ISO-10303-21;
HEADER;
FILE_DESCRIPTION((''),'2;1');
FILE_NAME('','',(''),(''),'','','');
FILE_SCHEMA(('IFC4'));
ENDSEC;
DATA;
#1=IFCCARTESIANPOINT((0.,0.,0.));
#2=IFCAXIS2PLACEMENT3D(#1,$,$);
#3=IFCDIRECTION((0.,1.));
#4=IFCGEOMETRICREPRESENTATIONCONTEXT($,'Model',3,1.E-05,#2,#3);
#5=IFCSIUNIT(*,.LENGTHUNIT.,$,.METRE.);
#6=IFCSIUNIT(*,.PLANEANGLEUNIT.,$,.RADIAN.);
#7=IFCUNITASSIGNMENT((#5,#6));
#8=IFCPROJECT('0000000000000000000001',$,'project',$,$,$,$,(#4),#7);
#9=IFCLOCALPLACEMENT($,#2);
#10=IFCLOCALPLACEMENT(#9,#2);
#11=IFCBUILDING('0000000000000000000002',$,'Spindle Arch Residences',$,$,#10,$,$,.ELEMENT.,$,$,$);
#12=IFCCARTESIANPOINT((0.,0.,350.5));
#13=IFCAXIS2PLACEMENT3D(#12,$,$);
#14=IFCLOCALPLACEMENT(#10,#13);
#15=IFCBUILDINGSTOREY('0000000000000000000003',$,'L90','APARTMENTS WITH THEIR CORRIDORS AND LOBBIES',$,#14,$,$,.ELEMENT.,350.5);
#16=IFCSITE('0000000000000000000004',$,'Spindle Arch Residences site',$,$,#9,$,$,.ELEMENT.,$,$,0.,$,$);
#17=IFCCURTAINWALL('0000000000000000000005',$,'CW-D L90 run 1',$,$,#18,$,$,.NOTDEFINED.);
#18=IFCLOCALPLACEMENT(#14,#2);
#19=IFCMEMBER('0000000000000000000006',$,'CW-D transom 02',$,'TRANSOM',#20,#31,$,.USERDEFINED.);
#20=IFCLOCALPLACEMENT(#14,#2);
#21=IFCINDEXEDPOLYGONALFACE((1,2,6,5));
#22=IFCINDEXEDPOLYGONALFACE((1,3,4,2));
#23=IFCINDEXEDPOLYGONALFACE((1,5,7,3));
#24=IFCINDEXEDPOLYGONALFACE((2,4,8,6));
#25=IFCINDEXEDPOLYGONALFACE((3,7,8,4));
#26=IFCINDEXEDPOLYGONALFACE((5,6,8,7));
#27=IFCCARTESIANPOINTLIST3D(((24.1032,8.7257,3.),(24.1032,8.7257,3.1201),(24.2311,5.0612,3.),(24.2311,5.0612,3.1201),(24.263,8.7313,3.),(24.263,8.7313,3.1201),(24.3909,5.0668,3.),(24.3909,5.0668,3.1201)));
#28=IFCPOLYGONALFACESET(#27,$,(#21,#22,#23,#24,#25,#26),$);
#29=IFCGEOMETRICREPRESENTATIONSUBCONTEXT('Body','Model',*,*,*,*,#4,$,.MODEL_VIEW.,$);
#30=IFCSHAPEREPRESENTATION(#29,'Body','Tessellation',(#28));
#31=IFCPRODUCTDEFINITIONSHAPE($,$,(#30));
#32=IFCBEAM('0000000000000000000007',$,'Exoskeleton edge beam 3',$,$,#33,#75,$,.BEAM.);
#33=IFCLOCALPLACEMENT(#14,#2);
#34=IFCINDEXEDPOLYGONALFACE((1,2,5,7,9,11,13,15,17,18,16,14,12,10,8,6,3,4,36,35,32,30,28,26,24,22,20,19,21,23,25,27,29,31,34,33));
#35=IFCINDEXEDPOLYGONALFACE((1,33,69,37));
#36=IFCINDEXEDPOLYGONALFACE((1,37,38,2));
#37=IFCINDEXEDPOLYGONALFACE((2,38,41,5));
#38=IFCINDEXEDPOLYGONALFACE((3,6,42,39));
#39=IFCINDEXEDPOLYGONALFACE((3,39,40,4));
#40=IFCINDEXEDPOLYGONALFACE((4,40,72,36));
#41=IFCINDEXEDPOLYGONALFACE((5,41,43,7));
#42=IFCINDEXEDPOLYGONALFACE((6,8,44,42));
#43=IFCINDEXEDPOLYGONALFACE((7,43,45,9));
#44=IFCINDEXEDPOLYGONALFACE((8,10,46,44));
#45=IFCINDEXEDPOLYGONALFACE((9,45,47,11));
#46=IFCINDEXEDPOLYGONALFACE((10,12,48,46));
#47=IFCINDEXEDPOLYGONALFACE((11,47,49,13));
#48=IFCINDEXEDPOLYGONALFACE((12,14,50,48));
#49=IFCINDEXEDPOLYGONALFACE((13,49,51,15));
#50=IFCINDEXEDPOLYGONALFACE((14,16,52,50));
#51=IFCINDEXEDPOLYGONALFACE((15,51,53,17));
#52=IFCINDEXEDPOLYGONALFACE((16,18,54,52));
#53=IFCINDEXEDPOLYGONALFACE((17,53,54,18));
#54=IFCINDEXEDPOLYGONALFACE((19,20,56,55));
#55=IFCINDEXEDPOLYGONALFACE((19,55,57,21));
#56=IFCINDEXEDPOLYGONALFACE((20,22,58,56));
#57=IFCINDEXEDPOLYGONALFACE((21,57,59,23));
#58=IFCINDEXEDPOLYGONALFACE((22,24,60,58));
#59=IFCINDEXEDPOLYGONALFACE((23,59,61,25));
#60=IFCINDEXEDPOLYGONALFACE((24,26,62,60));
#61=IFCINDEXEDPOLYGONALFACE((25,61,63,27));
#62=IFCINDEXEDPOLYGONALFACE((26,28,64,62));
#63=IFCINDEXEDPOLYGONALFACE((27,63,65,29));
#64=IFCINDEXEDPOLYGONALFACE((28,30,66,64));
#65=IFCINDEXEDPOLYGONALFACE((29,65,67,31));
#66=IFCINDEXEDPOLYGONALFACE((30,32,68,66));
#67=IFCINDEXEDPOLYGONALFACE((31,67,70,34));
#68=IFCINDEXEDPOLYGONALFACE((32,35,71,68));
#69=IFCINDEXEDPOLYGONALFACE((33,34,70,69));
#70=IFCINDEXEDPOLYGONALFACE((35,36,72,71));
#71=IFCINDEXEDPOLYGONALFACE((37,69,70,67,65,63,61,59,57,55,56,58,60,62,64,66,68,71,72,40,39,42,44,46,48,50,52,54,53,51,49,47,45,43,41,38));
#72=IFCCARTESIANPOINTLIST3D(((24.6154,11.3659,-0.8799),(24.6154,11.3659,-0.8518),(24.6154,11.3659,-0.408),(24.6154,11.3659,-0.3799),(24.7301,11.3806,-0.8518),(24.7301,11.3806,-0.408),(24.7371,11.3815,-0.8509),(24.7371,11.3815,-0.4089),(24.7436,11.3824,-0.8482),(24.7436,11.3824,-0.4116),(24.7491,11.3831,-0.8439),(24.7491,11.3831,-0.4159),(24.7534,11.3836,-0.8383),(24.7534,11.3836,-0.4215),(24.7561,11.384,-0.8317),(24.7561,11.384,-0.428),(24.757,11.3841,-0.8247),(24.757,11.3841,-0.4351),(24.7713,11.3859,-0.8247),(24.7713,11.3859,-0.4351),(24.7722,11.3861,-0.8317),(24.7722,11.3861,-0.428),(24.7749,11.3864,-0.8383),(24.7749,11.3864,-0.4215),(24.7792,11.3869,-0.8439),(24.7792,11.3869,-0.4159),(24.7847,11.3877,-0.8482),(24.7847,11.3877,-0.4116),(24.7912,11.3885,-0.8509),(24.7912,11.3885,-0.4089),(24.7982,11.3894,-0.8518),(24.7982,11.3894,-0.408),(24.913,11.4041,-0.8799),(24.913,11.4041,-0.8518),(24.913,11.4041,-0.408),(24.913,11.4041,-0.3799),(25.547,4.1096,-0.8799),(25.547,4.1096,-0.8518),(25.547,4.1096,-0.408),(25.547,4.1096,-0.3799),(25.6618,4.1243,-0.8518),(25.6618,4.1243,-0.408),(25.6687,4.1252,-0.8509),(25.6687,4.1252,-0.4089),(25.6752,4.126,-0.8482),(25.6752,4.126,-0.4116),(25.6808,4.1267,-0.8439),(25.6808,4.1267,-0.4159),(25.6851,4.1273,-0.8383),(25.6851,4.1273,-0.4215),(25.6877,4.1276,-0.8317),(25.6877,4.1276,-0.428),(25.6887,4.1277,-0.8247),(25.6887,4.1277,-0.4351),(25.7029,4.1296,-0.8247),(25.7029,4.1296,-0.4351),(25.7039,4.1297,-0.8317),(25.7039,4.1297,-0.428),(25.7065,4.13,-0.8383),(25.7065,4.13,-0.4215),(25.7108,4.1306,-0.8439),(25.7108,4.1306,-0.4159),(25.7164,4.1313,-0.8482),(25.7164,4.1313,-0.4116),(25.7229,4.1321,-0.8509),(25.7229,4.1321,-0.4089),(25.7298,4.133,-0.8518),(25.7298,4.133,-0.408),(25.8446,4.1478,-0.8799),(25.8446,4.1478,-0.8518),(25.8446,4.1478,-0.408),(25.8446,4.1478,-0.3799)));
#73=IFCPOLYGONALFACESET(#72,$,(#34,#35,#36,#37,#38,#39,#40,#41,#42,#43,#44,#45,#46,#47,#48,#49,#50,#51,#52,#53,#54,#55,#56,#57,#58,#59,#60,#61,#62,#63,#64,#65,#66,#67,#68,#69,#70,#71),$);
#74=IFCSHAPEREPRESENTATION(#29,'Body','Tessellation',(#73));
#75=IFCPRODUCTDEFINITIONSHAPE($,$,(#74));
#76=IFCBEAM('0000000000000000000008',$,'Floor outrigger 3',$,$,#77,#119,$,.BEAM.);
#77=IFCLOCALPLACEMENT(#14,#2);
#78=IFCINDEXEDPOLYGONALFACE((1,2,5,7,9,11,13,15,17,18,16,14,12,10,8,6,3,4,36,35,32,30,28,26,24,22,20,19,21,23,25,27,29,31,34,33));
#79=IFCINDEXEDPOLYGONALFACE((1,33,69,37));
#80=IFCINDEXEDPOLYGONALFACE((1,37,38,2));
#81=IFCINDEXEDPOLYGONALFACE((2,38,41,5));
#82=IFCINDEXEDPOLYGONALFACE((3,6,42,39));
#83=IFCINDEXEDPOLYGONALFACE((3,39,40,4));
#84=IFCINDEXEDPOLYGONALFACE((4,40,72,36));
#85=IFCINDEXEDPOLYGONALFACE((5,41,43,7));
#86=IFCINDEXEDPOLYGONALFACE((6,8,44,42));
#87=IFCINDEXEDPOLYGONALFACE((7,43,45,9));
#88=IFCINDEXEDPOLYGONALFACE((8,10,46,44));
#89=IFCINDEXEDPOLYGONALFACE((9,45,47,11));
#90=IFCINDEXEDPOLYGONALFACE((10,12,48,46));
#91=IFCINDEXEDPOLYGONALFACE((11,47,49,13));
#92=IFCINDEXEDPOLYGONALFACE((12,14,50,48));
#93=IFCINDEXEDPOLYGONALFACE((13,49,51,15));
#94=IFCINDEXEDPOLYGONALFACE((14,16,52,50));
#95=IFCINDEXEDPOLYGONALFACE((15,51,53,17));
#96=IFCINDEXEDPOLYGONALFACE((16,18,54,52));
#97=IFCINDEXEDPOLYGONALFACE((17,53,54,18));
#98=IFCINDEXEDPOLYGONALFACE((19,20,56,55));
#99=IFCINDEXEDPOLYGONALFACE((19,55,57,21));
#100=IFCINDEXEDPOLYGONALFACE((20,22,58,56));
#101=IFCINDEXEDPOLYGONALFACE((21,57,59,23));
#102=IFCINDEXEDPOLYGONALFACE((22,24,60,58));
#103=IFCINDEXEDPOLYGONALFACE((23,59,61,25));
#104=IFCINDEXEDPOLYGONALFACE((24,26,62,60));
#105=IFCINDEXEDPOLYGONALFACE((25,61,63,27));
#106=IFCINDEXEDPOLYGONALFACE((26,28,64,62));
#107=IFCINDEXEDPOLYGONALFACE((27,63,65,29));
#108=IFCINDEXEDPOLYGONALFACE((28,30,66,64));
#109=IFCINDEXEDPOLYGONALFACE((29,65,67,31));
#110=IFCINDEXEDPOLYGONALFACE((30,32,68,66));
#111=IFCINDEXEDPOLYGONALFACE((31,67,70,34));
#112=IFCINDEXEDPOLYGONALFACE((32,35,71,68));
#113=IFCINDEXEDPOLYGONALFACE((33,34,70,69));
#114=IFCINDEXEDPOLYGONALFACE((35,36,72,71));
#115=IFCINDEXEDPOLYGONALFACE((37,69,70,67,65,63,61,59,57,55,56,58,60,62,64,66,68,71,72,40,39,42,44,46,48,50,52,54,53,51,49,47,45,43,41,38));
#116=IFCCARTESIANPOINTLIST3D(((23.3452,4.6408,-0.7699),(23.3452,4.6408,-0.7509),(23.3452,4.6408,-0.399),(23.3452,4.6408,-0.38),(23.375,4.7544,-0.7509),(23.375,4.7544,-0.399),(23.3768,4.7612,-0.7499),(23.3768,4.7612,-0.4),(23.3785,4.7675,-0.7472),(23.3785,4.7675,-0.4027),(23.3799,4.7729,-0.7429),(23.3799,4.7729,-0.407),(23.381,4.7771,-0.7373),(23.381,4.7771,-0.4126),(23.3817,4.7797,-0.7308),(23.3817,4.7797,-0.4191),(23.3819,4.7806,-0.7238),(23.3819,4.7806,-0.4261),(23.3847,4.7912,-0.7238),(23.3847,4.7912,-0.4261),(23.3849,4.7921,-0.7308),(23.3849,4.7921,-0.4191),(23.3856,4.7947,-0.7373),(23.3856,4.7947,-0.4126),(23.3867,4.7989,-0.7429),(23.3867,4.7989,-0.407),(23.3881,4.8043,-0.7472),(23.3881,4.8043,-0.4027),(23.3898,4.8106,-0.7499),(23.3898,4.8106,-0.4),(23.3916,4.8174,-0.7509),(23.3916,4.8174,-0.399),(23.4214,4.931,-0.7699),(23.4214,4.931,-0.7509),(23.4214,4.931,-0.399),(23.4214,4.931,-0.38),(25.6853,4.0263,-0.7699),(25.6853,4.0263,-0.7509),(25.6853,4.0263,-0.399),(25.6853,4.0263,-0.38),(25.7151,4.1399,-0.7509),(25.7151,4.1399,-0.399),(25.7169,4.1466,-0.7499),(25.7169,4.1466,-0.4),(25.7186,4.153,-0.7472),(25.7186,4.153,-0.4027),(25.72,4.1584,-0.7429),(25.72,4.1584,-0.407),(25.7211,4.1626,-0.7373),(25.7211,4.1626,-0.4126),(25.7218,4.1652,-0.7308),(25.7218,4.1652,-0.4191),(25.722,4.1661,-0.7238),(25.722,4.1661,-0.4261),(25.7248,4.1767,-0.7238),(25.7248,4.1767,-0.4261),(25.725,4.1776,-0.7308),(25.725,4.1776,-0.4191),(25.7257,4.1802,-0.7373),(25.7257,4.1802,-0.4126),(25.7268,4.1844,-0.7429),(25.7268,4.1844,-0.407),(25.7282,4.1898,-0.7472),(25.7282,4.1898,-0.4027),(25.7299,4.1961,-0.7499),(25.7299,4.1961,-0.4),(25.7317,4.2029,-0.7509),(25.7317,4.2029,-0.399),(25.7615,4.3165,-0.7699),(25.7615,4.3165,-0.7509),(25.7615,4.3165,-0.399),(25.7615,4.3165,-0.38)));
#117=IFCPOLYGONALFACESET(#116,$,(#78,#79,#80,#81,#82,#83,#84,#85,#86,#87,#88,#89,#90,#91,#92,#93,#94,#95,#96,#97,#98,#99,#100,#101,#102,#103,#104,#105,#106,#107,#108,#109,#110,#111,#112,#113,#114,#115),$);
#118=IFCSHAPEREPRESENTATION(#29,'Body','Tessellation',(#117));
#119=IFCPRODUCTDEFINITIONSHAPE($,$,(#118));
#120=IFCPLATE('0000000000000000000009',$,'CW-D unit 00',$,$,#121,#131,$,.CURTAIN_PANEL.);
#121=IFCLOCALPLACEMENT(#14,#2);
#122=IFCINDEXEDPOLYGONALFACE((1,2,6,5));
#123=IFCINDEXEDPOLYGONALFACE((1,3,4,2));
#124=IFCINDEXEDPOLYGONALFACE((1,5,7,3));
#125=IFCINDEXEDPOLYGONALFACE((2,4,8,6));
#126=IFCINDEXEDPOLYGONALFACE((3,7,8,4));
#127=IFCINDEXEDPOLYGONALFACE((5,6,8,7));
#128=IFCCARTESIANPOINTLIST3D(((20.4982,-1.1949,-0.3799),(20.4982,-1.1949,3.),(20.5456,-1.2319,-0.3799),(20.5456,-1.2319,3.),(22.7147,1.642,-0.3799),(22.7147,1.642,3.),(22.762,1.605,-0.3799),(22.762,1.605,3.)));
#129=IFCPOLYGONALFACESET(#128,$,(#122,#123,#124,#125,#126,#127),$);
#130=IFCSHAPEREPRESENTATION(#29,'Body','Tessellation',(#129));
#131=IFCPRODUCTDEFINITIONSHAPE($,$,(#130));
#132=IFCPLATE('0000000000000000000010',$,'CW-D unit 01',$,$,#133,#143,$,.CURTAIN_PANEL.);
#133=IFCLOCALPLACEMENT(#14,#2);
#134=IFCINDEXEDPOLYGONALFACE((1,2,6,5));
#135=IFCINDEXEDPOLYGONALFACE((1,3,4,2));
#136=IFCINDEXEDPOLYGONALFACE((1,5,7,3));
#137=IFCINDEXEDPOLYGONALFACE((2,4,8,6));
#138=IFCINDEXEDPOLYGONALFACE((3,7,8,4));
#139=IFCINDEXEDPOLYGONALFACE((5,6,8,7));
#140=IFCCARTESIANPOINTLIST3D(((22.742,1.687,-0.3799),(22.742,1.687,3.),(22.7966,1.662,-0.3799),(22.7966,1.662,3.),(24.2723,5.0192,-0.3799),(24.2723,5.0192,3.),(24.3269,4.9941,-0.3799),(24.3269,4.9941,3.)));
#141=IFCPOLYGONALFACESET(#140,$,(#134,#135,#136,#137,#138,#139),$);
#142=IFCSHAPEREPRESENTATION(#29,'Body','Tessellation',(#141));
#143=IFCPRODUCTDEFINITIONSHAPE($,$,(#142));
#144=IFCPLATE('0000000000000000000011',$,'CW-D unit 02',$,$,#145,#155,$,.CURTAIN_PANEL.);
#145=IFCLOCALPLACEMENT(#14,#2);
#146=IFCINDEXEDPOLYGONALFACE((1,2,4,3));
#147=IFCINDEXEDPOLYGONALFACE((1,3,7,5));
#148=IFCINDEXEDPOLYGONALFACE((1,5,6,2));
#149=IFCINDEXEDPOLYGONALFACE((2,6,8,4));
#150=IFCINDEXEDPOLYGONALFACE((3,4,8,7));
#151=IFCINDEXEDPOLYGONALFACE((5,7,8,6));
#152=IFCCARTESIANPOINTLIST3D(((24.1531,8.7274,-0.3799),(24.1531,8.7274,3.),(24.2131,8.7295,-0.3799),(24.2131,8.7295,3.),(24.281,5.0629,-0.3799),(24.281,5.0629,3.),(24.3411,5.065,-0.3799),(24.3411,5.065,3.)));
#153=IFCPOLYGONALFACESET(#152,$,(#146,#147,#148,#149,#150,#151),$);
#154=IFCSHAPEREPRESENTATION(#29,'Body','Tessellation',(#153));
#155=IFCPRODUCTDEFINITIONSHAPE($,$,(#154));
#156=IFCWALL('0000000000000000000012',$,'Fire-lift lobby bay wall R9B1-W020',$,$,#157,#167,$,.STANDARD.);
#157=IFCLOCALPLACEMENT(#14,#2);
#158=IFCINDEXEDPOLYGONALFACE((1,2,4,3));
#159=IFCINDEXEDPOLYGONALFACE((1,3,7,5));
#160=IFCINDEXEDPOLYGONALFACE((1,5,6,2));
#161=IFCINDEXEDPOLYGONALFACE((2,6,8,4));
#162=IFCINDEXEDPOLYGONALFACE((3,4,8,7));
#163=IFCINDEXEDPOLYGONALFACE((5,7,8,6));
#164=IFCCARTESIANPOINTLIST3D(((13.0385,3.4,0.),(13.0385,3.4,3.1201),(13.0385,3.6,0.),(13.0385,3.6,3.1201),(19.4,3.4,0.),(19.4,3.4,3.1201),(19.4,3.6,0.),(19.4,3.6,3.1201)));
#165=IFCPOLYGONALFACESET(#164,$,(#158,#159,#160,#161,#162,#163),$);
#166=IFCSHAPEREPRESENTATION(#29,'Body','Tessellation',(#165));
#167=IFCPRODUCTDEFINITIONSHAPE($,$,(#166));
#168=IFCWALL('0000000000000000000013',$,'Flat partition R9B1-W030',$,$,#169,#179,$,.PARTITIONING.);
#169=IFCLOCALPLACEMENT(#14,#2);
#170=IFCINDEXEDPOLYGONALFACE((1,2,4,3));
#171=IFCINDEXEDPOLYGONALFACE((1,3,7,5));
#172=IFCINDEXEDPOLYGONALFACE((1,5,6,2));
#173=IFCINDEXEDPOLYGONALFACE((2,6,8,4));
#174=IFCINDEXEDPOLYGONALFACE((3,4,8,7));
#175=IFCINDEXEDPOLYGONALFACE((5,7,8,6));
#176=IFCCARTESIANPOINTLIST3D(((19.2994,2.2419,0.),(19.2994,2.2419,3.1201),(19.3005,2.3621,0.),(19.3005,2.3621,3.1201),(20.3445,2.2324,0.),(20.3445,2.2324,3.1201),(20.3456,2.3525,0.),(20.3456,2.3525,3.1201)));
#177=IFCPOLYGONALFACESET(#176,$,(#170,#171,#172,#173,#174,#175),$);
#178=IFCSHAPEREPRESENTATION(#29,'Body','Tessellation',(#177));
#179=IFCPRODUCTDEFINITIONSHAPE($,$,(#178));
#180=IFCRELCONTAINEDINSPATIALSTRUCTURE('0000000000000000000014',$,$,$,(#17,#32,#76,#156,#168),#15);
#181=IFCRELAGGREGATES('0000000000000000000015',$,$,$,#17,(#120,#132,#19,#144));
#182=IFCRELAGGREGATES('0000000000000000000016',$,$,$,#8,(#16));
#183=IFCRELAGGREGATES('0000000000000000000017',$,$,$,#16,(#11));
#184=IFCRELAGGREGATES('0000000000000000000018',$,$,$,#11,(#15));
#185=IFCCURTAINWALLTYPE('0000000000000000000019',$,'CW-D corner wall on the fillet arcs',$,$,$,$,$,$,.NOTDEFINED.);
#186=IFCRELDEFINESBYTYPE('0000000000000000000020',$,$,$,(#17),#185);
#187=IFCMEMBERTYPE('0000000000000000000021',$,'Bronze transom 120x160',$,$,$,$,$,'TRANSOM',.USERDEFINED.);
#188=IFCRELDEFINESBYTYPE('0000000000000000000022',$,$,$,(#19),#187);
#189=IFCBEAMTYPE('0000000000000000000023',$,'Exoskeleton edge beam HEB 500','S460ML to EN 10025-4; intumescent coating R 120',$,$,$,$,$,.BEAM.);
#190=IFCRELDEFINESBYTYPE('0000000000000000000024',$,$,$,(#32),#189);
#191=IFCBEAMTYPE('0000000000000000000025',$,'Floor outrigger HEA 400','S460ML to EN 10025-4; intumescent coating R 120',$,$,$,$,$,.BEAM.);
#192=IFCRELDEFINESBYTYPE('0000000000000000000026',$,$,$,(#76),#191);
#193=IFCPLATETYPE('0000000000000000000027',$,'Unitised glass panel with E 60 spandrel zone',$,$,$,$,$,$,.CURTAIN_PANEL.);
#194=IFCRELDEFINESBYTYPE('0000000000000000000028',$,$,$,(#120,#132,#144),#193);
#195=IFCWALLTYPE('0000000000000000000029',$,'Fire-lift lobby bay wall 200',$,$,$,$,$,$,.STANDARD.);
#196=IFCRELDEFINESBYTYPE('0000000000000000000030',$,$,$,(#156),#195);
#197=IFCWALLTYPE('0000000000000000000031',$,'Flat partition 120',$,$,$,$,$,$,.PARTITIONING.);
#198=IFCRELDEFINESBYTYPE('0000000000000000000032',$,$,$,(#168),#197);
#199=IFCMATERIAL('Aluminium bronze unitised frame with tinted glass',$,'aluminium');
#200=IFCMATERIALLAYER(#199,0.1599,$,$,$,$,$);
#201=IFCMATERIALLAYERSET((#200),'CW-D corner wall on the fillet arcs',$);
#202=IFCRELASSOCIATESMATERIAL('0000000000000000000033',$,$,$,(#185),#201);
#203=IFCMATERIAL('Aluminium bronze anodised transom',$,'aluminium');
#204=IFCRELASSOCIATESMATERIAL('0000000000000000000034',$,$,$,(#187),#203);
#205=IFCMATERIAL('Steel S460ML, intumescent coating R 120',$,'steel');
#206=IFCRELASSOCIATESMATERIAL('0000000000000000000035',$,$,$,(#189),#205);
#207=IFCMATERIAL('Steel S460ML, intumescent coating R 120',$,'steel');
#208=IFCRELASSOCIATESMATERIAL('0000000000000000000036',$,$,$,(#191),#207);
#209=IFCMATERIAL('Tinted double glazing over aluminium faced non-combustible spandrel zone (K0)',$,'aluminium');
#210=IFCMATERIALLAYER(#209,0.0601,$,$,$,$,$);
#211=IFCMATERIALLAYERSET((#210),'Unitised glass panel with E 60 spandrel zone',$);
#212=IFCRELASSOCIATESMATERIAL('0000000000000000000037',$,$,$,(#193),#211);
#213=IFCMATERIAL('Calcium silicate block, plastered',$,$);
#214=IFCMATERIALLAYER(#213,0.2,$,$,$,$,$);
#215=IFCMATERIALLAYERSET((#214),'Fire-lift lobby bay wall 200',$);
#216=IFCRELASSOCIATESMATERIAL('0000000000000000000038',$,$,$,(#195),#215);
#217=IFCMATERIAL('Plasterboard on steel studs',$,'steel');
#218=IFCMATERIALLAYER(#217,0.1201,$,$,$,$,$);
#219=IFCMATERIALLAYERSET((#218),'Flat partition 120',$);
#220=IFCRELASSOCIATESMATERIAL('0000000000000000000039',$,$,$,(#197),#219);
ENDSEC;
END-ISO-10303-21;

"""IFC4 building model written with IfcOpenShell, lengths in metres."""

from ifc_helpers import new_model, si_unit, direction, frame, frame_2d, origin, origin_2d, place, context, subcontext, project, spatial, rectangle, i_section, extrude, material, layer, layer_set, material_profile, profile_set, type_object, element, aggregate, save


model = new_model("IFC4")

# Units and contexts
model_context = context("Model", 3, precision=1e-05, world=origin(), true_north=direction((0.0, 1.0)))
body_context = subcontext(model_context, "Body", "Model", "MODEL_VIEW")
ifc_project = project(units=[si_unit("LENGTHUNIT", "METRE"), si_unit("PLANEANGLEUNIT", "RADIAN")], contexts=[model_context])

# Site, building, storey
site_placement = place(None, origin())
site = spatial("IfcSite", under=ifc_project, at=site_placement, Name="Spindle Arch Residences site", CompositionType="ELEMENT", RefElevation=0.0)
building_placement = place(site_placement, origin())
building = spatial("IfcBuilding", under=site, at=building_placement, Name="Spindle Arch Residences", CompositionType="ELEMENT")
storey_placement = place(building_placement, frame((0.0, 0.0, 350.5)))
storey = spatial("IfcBuildingStorey", under=building, at=storey_placement, Name="L90", Description="APARTMENTS WITH THEIR CORRIDORS AND LOBBIES", CompositionType="ELEMENT", Elevation=350.5)

# Curtain wall, member
ifc_material_1 = material(Name="Aluminium bronze unitised frame with tinted glass", Category="aluminium")
ifc_layer_1 = layer(ifc_material_1, 0.1599)
ifc_layer_set_1 = layer_set([ifc_layer_1], Name="CW-D corner wall on the fillet arcs")
curtain_wall_type = type_object("IfcCurtainWallType", Name="CW-D corner wall on the fillet arcs", PredefinedType="NOTDEFINED", material=ifc_layer_set_1)
curtain_wall_placement = place(storey_placement, origin())
curtain_wall = element("IfcCurtainWall", 1, at=curtain_wall_placement, inside=storey, type_object=curtain_wall_type, Name="CW-D L90 run 1", PredefinedType="NOTDEFINED")
ifc_material_2 = material(Name="Aluminium bronze anodised transom", Category="aluminium")
ifc_material_profile_1 = material_profile(ifc_material_2, rectangle(XDim=0.1599, YDim=0.1201, at=origin_2d()), Name="TR 120x160")
ifc_profile_set_1 = profile_set([ifc_material_profile_1], Name="Aluminium bronze anodised transom")
member_type_1 = type_object("IfcMemberType", Name="Bronze transom 120x160", ElementType="TRANSOM", PredefinedType="USERDEFINED", material=ifc_profile_set_1)
member_1_placement = place(storey_placement, frame((24.311, 5.064, 3.0601), z_axis=(-0.034889, 0.999391, 0.0), x_axis=(-0.999391, -0.034889, 0.0)))
member_1 = element("IfcMember", 2, at=member_1_placement, type_object=member_type_1, Name="CW-D transom 02", ObjectType="TRANSOM", PredefinedType="USERDEFINED", context=body_context, shape_type="SweptSolid", body=[
    extrude(rectangle(XDim=0.1599, YDim=0.1201, at=origin_2d()), origin(), (0.0, 0.0, 1.0), 3.6667),
])

# Beams
ifc_material_3 = material(Name="Steel S460ML, intumescent coating R 120", Category="steel")
ifc_material_profile_2 = material_profile(ifc_material_3, i_section(OverallWidth=0.3, OverallDepth=0.5, WebThickness=0.0144, FlangeThickness=0.0281, FilletRadius=0.0271, at=origin_2d()), Name="HEB 500")
ifc_profile_set_2 = profile_set([ifc_material_profile_2], Name="Steel S460ML, intumescent coating R 120")
beam_type_1 = type_object("IfcBeamType", Name="Exoskeleton edge beam HEB 500", Description="S460ML to EN 10025-4; intumescent coating R 120", PredefinedType="BEAM", material=ifc_profile_set_2)
beam_1_placement = place(storey_placement, frame((25.6958, 4.1287, -0.6299), z_axis=(-0.127344, 0.991859, 0.0), x_axis=(-0.991859, -0.127344, 0.0)))
element("IfcBeam", 3, at=beam_1_placement, inside=storey, type_object=beam_type_1, Name="Exoskeleton edge beam 3", PredefinedType="BEAM", context=body_context, shape_type="SweptSolid", body=[
    extrude(i_section(OverallWidth=0.3, OverallDepth=0.5, WebThickness=0.0144, FlangeThickness=0.0281, FilletRadius=0.0271, at=origin_2d()), origin(), (0.0, 0.0, 1.0), 7.3159),
])
ifc_material_4 = material(Name="Steel S460ML, intumescent coating R 120", Category="steel")
ifc_material_profile_3 = material_profile(ifc_material_4, i_section(OverallWidth=0.3, OverallDepth=0.3899, WebThickness=0.011, FlangeThickness=0.019, FilletRadius=0.0271, at=origin_2d()), Name="HEA 400")
ifc_profile_set_3 = profile_set([ifc_material_profile_3], Name="Steel S460ML, intumescent coating R 120")
beam_type_2 = type_object("IfcBeamType", Name="Floor outrigger HEA 400", Description="S460ML to EN 10025-4; intumescent coating R 120", PredefinedType="BEAM", material=ifc_profile_set_3)
beam_2_placement = place(storey_placement, frame((25.7234, 4.1714, -0.575), z_axis=(-0.967208, 0.253987, 0.0), x_axis=(-0.253987, -0.967208, 0.0)))
element("IfcBeam", 4, at=beam_2_placement, inside=storey, type_object=beam_type_2, Name="Floor outrigger 3", PredefinedType="BEAM", context=body_context, shape_type="SweptSolid", body=[
    extrude(i_section(OverallWidth=0.3, OverallDepth=0.3899, WebThickness=0.011, FlangeThickness=0.019, FilletRadius=0.0271, at=origin_2d()), origin(), (0.0, 0.0, 1.0), 2.4194),
])

# Plates
ifc_material_5 = material(Name="Tinted double glazing over aluminium faced non-combustible spandrel zone (K0)", Category="aluminium")
ifc_layer_2 = layer(ifc_material_5, 0.0601)
ifc_layer_set_2 = layer_set([ifc_layer_2], Name="Unitised glass panel with E 60 spandrel zone")
plate_type = type_object("IfcPlateType", Name="Unitised glass panel with E 60 spandrel zone", PredefinedType="CURTAIN_PANEL", material=ifc_layer_set_2)
plate_1_placement = place(storey_placement, frame((21.6301, 0.2051, -0.3799), z_axis=(0.0, 0.0, 1.0), x_axis=(0.615661, 0.788011, 0.0)))
plate_1 = element("IfcPlate", 5, at=plate_1_placement, type_object=plate_type, Name="CW-D unit 00", PredefinedType="CURTAIN_PANEL", context=body_context, shape_type="SweptSolid", body=[
    extrude(rectangle(XDim=3.6001, YDim=0.0601, at=origin_2d()), origin(), (0.0, 0.0, 1.0), 3.3799),
])
plate_2_placement = place(storey_placement, frame((23.5344, 3.3406, -0.3799), z_axis=(0.0, 0.0, 1.0), x_axis=(0.417338, 0.908751, 0.0)))
plate_2 = element("IfcPlate", 6, at=plate_2_placement, type_object=plate_type, Name="CW-D unit 01", PredefinedType="CURTAIN_PANEL", context=body_context, shape_type="SweptSolid", body=[
    extrude(rectangle(XDim=3.6667, YDim=0.0601, at=origin_2d()), origin(), (0.0, 0.0, 1.0), 3.3799),
])
plate_3_placement = place(storey_placement, frame((24.2471, 6.8962, -0.3799), z_axis=(0.0, 0.0, 1.0), x_axis=(-0.034899, 0.999391, 0.0)))
plate_3 = element("IfcPlate", 7, at=plate_3_placement, type_object=plate_type, Name="CW-D unit 02", PredefinedType="CURTAIN_PANEL", context=body_context, shape_type="SweptSolid", body=[
    extrude(rectangle(XDim=3.6667, YDim=0.0601, at=origin_2d()), origin(), (0.0, 0.0, 1.0), 3.3799),
])
aggregate(curtain_wall, [plate_1, plate_2, member_1, plate_3])

# Walls
ifc_material_6 = material(Name="Calcium silicate block, plastered")
ifc_layer_3 = layer(ifc_material_6, 0.2)
ifc_layer_set_3 = layer_set([ifc_layer_3], Name="Fire-lift lobby bay wall 200")
wall_type_1 = type_object("IfcWallType", Name="Fire-lift lobby bay wall 200", PredefinedType="STANDARD", material=ifc_layer_set_3)
wall_1_placement = place(storey_placement, frame((19.3999, 3.5, 0.0), z_axis=(0.0, 0.0, 1.0), x_axis=(-1.0, 0.0, 0.0)))
element("IfcWall", 8, at=wall_1_placement, inside=storey, type_object=wall_type_1, Name="Fire-lift lobby bay wall R9B1-W020", PredefinedType="STANDARD", context=body_context, shape_type="SweptSolid", body=[
    extrude(rectangle(XDim=6.3616, YDim=0.2, at=frame_2d((3.1807, 0.0))), origin(), (0.0, 0.0, 1.0), 3.1201),
])
ifc_material_7 = material(Name="Plasterboard on steel studs", Category="steel")
ifc_layer_4 = layer(ifc_material_7, 0.1201)
ifc_layer_set_4 = layer_set([ifc_layer_4], Name="Flat partition 120")
wall_type_2 = type_object("IfcWallType", Name="Flat partition 120", PredefinedType="PARTITIONING", material=ifc_layer_set_4)
wall_2_placement = place(storey_placement, frame((19.3, 2.302, 0.0), z_axis=(0.0, 0.0, 1.0), x_axis=(0.999959, -0.00911, 0.0)))
element("IfcWall", 9, at=wall_2_placement, inside=storey, type_object=wall_type_2, Name="Flat partition R9B1-W030", PredefinedType="PARTITIONING", context=body_context, shape_type="SweptSolid", body=[
    extrude(rectangle(XDim=1.0452, YDim=0.1201, at=frame_2d((0.5225, 0.0))), origin(), (0.0, 0.0, 1.0), 3.1201),
])

save(model, "model.ifc")
